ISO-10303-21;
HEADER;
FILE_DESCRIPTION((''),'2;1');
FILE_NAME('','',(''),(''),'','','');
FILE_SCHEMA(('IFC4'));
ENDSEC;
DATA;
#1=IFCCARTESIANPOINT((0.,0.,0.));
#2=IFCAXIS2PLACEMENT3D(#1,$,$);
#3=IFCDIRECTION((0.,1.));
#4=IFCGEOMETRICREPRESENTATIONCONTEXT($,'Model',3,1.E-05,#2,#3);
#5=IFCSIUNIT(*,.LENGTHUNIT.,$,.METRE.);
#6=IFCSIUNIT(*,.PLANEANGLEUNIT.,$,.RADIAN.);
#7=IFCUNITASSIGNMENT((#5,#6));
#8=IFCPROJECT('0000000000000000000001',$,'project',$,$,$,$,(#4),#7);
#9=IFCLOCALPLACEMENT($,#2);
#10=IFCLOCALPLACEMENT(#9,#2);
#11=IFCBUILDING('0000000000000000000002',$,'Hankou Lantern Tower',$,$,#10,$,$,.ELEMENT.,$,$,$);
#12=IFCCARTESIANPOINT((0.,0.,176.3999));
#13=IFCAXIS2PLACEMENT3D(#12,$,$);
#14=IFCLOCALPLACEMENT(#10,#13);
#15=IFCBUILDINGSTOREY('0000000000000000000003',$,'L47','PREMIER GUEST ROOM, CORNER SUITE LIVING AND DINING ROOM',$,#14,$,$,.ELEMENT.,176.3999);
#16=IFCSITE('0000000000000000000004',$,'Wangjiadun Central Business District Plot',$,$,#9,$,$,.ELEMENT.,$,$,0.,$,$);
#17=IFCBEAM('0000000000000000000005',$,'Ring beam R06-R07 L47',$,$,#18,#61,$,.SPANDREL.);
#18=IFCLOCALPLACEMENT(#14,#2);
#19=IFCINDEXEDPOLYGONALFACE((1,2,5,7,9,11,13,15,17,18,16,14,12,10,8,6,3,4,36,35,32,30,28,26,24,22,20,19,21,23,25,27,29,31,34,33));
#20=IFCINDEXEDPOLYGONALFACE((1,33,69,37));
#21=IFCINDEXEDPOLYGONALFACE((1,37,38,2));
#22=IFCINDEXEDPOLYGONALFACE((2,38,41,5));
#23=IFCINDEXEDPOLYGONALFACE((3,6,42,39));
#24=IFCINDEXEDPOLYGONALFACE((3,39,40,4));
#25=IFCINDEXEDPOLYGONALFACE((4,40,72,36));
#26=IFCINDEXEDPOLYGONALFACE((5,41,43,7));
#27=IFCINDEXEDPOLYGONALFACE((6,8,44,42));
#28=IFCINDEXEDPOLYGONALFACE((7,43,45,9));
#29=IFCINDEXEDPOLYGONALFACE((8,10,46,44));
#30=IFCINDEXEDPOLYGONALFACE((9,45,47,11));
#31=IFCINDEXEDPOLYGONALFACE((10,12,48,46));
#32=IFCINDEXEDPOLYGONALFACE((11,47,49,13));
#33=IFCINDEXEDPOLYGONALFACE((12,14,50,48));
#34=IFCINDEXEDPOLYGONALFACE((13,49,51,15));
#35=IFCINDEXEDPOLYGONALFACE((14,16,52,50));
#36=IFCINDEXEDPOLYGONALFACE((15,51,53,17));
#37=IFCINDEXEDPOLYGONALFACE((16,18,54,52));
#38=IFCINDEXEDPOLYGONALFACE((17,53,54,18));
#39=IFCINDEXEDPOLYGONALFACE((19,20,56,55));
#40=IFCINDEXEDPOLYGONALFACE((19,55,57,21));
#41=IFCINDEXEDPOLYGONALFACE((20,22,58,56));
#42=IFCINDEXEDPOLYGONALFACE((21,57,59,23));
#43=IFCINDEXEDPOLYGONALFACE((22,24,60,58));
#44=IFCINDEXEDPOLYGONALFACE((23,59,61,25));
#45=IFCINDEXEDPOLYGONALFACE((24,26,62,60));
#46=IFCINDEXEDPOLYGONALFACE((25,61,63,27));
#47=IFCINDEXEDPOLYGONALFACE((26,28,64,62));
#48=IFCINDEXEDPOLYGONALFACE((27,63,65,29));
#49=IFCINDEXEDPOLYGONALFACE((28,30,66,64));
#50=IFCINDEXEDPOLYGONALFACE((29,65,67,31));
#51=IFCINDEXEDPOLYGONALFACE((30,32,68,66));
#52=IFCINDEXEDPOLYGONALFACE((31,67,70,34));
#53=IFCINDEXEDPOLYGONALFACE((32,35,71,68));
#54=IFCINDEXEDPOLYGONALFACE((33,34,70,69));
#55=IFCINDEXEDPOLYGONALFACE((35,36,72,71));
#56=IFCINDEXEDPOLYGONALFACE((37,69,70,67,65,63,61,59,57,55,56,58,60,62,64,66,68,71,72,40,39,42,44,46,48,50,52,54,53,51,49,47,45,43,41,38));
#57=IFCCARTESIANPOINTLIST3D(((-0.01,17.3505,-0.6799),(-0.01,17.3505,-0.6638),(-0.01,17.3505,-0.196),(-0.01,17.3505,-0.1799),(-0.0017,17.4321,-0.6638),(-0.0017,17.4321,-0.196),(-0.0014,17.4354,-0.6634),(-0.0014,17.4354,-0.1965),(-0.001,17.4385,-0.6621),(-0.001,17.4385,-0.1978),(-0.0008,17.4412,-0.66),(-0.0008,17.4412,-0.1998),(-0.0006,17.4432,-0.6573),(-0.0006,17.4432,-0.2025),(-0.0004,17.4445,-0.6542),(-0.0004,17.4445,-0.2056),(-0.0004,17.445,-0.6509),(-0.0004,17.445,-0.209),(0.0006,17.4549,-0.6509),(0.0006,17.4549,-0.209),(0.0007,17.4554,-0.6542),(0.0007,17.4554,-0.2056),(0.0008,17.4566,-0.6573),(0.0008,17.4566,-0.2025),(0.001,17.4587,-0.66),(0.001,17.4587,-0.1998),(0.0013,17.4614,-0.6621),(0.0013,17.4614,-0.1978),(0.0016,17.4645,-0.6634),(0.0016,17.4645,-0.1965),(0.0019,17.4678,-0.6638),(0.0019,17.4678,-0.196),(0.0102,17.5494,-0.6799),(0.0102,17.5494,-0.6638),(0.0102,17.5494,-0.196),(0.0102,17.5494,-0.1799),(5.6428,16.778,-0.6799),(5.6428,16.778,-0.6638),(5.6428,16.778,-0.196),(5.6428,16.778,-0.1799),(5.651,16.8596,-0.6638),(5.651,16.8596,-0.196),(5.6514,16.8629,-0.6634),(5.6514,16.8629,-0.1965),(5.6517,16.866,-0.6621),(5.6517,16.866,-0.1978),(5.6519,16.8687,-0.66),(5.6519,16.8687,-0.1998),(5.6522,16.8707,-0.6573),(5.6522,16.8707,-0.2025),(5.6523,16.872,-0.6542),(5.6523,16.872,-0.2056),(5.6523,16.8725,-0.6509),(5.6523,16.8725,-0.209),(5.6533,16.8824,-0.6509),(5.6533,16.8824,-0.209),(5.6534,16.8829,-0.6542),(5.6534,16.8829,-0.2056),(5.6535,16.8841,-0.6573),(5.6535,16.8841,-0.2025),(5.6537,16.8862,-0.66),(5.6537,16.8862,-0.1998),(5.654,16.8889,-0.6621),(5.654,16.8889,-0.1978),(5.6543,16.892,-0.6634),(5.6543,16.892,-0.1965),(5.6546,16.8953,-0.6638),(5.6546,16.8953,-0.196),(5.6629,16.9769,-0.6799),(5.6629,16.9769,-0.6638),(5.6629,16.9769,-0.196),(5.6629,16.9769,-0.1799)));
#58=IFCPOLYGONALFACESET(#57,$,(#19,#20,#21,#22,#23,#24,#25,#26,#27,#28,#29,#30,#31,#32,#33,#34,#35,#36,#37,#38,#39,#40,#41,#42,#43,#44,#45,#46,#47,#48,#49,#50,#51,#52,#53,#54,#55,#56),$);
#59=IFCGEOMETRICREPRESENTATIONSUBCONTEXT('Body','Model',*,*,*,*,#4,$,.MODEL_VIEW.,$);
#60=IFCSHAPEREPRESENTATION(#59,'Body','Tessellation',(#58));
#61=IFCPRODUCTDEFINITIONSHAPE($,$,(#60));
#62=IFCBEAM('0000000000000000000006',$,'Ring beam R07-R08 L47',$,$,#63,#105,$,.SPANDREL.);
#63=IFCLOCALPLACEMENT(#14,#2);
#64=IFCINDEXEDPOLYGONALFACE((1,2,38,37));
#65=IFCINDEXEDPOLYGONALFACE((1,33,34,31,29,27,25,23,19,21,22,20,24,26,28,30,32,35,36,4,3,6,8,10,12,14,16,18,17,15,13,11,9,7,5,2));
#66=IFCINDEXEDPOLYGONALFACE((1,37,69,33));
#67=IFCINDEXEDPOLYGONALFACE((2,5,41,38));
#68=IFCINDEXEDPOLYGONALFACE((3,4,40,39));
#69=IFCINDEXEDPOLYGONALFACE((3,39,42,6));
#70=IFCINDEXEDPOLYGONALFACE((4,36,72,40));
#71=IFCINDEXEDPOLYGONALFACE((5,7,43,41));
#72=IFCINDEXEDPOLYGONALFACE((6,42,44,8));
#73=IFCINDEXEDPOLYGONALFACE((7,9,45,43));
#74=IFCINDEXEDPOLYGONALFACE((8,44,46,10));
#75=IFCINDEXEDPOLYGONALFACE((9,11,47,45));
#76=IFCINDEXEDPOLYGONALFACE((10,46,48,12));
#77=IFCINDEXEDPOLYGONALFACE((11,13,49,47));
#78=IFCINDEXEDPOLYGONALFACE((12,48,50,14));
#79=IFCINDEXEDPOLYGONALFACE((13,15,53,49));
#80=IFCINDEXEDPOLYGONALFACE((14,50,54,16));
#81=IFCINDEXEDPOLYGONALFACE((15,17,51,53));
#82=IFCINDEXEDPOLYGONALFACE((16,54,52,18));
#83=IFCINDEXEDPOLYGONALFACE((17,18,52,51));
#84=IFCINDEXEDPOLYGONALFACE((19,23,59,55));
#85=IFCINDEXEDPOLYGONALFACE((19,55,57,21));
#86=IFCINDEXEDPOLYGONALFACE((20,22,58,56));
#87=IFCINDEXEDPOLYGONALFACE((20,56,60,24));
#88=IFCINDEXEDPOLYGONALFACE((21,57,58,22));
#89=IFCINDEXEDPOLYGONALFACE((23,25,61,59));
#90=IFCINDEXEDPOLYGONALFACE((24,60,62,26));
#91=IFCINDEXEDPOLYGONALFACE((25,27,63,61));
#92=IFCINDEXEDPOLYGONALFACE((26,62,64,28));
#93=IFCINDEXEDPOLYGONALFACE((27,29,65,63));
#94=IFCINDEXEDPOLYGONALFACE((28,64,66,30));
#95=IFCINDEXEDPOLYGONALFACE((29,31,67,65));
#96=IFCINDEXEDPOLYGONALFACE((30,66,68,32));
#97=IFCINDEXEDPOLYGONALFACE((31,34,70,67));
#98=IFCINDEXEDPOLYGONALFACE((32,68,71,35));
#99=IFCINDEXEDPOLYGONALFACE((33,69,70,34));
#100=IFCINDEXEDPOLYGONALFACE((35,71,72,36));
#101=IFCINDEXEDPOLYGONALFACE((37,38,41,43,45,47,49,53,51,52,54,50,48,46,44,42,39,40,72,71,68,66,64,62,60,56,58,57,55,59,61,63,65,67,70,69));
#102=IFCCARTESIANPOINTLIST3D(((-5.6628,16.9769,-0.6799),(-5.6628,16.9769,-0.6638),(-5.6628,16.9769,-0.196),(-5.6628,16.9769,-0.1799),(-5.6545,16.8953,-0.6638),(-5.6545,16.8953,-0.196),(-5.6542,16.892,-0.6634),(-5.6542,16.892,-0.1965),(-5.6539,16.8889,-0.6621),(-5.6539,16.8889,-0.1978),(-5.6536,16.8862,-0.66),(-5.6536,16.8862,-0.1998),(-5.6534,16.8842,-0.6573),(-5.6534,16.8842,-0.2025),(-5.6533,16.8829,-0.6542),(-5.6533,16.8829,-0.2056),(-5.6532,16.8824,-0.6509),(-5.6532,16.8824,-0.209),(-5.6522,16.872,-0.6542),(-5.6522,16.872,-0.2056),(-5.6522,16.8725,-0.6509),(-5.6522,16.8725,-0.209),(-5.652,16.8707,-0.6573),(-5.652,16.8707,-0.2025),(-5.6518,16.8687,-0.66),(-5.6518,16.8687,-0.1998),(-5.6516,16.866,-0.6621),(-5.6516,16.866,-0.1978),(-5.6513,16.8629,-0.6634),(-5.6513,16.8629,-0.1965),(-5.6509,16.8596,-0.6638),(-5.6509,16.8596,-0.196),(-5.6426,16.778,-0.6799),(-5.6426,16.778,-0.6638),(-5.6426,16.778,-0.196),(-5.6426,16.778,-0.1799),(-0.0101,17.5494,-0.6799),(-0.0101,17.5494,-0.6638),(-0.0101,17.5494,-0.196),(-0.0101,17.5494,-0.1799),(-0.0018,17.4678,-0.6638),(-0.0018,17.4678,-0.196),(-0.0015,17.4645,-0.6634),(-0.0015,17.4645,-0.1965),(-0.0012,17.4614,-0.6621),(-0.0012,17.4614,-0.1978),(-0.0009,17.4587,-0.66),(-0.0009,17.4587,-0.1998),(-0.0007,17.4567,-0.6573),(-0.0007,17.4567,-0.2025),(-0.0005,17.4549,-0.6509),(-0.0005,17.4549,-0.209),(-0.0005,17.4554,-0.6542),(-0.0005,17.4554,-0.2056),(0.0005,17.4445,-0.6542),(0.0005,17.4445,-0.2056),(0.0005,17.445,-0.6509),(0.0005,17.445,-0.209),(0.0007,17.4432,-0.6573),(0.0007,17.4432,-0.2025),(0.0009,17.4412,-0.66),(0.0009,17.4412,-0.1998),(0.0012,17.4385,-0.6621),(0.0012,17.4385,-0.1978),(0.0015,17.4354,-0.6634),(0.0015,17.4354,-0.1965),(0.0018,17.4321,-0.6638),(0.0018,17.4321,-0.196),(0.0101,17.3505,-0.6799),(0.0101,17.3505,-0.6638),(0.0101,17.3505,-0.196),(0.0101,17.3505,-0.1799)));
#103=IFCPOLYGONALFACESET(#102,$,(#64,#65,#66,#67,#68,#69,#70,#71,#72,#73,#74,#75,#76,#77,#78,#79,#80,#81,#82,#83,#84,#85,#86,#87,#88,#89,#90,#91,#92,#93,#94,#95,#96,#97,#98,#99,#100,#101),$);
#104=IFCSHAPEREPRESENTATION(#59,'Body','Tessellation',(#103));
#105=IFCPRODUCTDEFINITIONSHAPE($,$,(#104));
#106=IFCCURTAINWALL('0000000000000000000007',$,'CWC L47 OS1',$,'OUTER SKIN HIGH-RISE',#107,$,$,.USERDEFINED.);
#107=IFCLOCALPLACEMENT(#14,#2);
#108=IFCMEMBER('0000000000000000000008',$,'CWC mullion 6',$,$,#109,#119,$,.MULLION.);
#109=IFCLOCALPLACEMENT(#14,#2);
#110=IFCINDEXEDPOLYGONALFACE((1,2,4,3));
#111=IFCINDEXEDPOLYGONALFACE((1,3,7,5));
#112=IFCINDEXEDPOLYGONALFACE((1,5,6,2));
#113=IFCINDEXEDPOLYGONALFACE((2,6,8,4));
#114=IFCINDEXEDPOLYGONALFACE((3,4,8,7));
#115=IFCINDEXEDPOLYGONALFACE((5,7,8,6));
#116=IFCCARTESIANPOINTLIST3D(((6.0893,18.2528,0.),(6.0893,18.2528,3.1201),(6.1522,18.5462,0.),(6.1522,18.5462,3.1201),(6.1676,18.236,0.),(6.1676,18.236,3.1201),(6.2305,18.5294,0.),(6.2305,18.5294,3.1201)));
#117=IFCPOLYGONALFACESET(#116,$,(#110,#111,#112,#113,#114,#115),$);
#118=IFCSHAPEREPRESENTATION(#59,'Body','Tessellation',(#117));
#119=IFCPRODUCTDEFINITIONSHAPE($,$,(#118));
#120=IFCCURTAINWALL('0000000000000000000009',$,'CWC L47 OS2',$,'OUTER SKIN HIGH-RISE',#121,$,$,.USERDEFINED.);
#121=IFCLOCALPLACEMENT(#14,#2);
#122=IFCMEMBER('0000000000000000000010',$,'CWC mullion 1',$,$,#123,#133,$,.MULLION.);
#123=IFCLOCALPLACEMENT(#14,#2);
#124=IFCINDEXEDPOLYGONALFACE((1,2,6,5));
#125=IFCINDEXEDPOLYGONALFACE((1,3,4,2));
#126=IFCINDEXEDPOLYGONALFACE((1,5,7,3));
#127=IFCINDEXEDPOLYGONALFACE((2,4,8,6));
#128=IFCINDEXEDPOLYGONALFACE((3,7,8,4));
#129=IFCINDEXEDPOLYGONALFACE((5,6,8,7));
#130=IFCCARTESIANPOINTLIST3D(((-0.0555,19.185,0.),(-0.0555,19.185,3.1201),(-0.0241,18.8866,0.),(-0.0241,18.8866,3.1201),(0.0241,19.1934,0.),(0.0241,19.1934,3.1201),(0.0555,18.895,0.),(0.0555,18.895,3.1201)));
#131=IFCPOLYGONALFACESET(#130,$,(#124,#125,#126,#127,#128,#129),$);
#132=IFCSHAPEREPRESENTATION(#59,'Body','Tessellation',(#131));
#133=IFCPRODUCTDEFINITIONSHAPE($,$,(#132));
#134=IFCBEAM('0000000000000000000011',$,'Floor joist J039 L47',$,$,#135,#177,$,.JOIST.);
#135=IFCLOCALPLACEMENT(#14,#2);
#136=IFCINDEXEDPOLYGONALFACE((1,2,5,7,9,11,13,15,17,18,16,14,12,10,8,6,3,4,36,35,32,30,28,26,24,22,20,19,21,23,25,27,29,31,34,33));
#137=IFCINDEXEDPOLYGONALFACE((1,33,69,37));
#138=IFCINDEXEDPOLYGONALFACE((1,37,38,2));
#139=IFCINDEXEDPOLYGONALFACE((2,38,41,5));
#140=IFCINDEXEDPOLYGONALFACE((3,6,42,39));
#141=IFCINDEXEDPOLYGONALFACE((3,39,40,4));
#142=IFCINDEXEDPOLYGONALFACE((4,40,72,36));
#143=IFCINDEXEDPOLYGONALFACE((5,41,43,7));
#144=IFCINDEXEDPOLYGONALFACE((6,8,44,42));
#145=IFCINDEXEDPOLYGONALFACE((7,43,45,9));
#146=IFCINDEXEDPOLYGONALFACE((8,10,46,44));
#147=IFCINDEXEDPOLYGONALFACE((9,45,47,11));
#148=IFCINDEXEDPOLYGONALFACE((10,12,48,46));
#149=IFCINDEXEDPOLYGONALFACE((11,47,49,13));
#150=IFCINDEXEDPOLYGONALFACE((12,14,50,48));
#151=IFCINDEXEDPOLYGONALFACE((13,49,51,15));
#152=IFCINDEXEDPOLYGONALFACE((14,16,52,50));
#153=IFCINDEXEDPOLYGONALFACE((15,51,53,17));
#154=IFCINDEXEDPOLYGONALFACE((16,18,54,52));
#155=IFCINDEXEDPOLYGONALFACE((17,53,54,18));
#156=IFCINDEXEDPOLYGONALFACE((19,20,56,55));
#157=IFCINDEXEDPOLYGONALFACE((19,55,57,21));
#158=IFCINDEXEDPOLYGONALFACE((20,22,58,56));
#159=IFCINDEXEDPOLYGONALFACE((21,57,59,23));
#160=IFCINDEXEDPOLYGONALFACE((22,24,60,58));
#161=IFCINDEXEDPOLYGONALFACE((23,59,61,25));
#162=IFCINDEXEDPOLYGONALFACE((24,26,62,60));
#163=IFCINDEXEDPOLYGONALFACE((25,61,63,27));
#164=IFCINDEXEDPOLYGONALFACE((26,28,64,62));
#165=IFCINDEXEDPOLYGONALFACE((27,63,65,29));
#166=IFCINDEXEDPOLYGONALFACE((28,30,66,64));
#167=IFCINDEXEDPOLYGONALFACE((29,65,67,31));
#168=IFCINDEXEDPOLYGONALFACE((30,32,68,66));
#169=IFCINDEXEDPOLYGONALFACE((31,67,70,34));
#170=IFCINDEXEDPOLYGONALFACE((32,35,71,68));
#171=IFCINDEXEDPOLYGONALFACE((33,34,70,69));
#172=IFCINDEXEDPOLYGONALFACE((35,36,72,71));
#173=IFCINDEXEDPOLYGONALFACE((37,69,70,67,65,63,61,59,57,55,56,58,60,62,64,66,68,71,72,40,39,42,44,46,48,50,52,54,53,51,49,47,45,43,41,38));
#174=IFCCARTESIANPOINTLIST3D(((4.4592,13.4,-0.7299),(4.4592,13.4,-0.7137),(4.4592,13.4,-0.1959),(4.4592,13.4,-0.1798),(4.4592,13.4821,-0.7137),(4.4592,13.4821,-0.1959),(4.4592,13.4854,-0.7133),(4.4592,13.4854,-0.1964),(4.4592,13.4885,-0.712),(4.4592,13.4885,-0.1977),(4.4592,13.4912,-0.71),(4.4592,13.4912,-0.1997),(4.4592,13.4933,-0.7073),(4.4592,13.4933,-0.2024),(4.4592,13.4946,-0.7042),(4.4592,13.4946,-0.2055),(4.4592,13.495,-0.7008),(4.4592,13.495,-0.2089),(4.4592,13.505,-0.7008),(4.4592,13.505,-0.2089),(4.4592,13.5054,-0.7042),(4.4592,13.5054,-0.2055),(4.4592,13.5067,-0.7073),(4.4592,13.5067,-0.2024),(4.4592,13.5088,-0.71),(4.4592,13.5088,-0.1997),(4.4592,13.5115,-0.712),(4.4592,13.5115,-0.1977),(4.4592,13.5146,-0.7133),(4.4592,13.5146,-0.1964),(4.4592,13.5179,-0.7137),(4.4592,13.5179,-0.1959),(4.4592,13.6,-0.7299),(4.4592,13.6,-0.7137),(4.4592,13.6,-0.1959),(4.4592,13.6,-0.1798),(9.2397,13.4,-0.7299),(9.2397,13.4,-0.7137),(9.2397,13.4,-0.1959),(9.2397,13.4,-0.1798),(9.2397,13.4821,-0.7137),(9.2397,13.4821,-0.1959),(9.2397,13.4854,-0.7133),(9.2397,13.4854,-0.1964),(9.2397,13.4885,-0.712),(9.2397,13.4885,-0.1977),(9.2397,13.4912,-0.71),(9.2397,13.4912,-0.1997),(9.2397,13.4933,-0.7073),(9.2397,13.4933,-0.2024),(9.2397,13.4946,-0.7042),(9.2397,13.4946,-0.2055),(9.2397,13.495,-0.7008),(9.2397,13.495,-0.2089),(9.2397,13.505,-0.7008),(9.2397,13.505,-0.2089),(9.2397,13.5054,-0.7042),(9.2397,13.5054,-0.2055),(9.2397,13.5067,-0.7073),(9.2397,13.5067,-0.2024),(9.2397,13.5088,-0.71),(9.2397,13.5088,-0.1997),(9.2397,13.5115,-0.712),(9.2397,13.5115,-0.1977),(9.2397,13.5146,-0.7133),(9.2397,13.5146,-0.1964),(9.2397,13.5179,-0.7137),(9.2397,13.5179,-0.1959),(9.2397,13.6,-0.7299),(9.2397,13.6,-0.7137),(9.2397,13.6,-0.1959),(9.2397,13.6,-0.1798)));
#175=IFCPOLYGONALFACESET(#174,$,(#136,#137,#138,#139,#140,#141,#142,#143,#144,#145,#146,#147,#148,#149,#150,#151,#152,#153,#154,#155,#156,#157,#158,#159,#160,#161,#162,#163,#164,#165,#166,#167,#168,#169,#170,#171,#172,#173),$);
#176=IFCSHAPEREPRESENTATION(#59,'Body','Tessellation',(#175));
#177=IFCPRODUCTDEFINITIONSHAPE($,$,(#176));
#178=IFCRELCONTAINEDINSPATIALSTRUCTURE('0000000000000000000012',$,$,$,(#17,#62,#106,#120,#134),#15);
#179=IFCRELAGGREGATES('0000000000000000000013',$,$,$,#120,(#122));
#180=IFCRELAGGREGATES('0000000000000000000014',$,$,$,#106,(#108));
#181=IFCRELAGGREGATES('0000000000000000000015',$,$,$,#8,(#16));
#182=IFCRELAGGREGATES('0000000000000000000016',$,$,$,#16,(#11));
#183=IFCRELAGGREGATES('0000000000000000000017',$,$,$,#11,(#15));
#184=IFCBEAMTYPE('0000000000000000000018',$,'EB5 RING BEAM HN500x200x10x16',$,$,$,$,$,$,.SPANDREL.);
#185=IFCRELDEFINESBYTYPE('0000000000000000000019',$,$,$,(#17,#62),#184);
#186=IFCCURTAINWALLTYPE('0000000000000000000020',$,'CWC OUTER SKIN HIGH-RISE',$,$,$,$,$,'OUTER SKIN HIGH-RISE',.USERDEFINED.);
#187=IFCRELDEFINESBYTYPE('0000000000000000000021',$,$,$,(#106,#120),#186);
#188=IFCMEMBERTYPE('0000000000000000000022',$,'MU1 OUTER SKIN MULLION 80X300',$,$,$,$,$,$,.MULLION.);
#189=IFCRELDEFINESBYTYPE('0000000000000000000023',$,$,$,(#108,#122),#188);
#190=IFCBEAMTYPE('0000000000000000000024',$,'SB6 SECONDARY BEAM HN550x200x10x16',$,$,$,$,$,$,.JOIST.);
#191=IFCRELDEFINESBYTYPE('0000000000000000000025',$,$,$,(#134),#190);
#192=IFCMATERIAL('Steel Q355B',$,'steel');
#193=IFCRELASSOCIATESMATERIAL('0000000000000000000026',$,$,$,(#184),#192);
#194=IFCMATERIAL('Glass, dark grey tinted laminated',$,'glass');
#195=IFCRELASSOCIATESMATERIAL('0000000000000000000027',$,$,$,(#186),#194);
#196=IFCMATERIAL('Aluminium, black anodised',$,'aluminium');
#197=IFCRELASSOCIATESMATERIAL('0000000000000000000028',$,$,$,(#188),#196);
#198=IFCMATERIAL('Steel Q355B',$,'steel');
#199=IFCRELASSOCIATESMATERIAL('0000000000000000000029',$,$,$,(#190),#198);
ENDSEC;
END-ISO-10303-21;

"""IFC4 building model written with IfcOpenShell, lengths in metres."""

from ifc_helpers import new_model, si_unit, direction, frame, origin, origin_2d, place, context, subcontext, project, spatial, rectangle, i_section, extrude, material, material_profile, profile_set, type_object, element, aggregate, save


model = new_model("IFC4")

# Units and contexts
model_context = context("Model", 3, precision=1e-05, world=origin(), true_north=direction((0.0, 1.0)))
body_context = subcontext(model_context, "Body", "Model", "MODEL_VIEW")
ifc_project = project(units=[si_unit("LENGTHUNIT", "METRE"), si_unit("PLANEANGLEUNIT", "RADIAN")], contexts=[model_context])

# Site, building, storey
site_placement = place(None, origin())
site = spatial("IfcSite", under=ifc_project, at=site_placement, Name="Wangjiadun Central Business District Plot", CompositionType="ELEMENT", RefElevation=0.0)
building_placement = place(site_placement, origin())
building = spatial("IfcBuilding", under=site, at=building_placement, Name="Hankou Lantern Tower", CompositionType="ELEMENT")
storey_placement = place(building_placement, frame((0.0, 0.0, 176.3999)))
storey = spatial("IfcBuildingStorey", under=building, at=storey_placement, Name="L47", Description="PREMIER GUEST ROOM, CORNER SUITE LIVING AND DINING ROOM", CompositionType="ELEMENT", Elevation=176.3999)

# Beams
ifc_material_1 = material(Name="Steel Q355B", Category="steel")
ifc_material_profile_1 = material_profile(ifc_material_1, i_section(OverallWidth=0.2, OverallDepth=0.5, WebThickness=0.01, FlangeThickness=0.0161, FilletRadius=0.0129, at=origin_2d()), Name="HN500x200x10x16")
ifc_profile_set_1 = profile_set([ifc_material_profile_1], Name="Steel Q355B")
beam_type_1 = type_object("IfcBeamType", Name="EB5 RING BEAM HN500x200x10x16", PredefinedType="SPANDREL", material=ifc_profile_set_1)
for number, where, z_axis, x_axis, name in (
    (1, (5.6528, 16.8774, -0.4299), (-0.99491, 0.100763, 0.0), (-0.100763, -0.99491, 0.0), "Ring beam R06-R07 L47"),
    (2, (0.0, 17.45, -0.4299), (-0.99491, -0.100763, 0.0), (0.100763, -0.99491, 0.0), "Ring beam R07-R08 L47"),
):
    element("IfcBeam", number, at=place(storey_placement, frame(where, z_axis=z_axis, x_axis=x_axis)), inside=storey, type_object=beam_type_1, Name=name, PredefinedType="SPANDREL", context=body_context, shape_type="SweptSolid", body=[
        extrude(i_section(OverallWidth=0.2, OverallDepth=0.5, WebThickness=0.01, FlangeThickness=0.0161, FilletRadius=0.0129, at=origin_2d()), origin(), (0.0, 0.0, 1.0), 5.6816),
    ])

# Curtain walls, members
ifc_material_2 = material(Name="Glass, dark grey tinted laminated", Category="glass")
curtain_wall_type = type_object("IfcCurtainWallType", Name="CWC OUTER SKIN HIGH-RISE", ElementType="OUTER SKIN HIGH-RISE", PredefinedType="USERDEFINED", material=ifc_material_2)
curtain_wall_1_placement = place(storey_placement, origin())
curtain_wall_1 = element("IfcCurtainWall", 3, at=curtain_wall_1_placement, inside=storey, type_object=curtain_wall_type, Name="CWC L47 OS1", ObjectType="OUTER SKIN HIGH-RISE", PredefinedType="USERDEFINED")
ifc_material_3 = material(Name="Aluminium, black anodised", Category="aluminium")
ifc_material_profile_2 = material_profile(ifc_material_3, rectangle(XDim=0.0801, YDim=0.3, at=origin_2d()), Name="MU1 80X300")
ifc_profile_set_2 = profile_set([ifc_material_profile_2], Name="Aluminium, black anodised")
member_type_1 = type_object("IfcMemberType", Name="MU1 OUTER SKIN MULLION 80X300", PredefinedType="MULLION", material=ifc_profile_set_2)
member_1_placement = place(storey_placement, frame((6.1599, 18.3911, 0.0), z_axis=(0.0, 0.0, 1.0), x_axis=(-0.977788, 0.209598, 0.0)))
member_1 = element("IfcMember", 4, at=member_1_placement, type_object=member_type_1, Name="CWC mullion 6", PredefinedType="MULLION", context=body_context, shape_type="SweptSolid", body=[
    extrude(rectangle(XDim=0.0801, YDim=0.3, at=origin_2d()), origin(), (0.0, 0.0, 1.0), 3.1201),
])
curtain_wall_2_placement = place(storey_placement, origin())
curtain_wall_2 = element("IfcCurtainWall", 5, at=curtain_wall_2_placement, inside=storey, type_object=curtain_wall_type, Name="CWC L47 OS2", ObjectType="OUTER SKIN HIGH-RISE", PredefinedType="USERDEFINED")
member_2_placement = place(storey_placement, frame((0.0, 19.04, 0.0), z_axis=(0.0, 0.0, 1.0), x_axis=(-0.994499, -0.104743, 0.0)))
member_2 = element("IfcMember", 6, at=member_2_placement, type_object=member_type_1, Name="CWC mullion 1", PredefinedType="MULLION", context=body_context, shape_type="SweptSolid", body=[
    extrude(rectangle(XDim=0.0801, YDim=0.3, at=origin_2d()), origin(), (0.0, 0.0, 1.0), 3.1201),
])
aggregate(curtain_wall_2, [member_2])

# Beam
ifc_material_4 = material(Name="Steel Q355B", Category="steel")
ifc_material_profile_3 = material_profile(ifc_material_4, i_section(OverallWidth=0.2, OverallDepth=0.55, WebThickness=0.01, FlangeThickness=0.0161, FilletRadius=0.0129, at=origin_2d()), Name="HN550x200x10x16")
ifc_profile_set_3 = profile_set([ifc_material_profile_3], Name="Steel Q355B")
beam_type_2 = type_object("IfcBeamType", Name="SB6 SECONDARY BEAM HN550x200x10x16", PredefinedType="JOIST", material=ifc_profile_set_3)
beam_1_placement = place(storey_placement, frame((4.4592, 13.5, -0.4548), z_axis=(1.0, 0.0, 0.0), x_axis=(0.0, 1.0, 0.0)))
element("IfcBeam", 7, at=beam_1_placement, inside=storey, type_object=beam_type_2, Name="Floor joist J039 L47", PredefinedType="JOIST", context=body_context, shape_type="SweptSolid", body=[
    extrude(i_section(OverallWidth=0.2, OverallDepth=0.55, WebThickness=0.01, FlangeThickness=0.0161, FilletRadius=0.0129, at=origin_2d()), origin(), (0.0, 0.0, 1.0), 4.7805),
])

aggregate(curtain_wall_1, [member_1])

save(model, "model.ifc")
